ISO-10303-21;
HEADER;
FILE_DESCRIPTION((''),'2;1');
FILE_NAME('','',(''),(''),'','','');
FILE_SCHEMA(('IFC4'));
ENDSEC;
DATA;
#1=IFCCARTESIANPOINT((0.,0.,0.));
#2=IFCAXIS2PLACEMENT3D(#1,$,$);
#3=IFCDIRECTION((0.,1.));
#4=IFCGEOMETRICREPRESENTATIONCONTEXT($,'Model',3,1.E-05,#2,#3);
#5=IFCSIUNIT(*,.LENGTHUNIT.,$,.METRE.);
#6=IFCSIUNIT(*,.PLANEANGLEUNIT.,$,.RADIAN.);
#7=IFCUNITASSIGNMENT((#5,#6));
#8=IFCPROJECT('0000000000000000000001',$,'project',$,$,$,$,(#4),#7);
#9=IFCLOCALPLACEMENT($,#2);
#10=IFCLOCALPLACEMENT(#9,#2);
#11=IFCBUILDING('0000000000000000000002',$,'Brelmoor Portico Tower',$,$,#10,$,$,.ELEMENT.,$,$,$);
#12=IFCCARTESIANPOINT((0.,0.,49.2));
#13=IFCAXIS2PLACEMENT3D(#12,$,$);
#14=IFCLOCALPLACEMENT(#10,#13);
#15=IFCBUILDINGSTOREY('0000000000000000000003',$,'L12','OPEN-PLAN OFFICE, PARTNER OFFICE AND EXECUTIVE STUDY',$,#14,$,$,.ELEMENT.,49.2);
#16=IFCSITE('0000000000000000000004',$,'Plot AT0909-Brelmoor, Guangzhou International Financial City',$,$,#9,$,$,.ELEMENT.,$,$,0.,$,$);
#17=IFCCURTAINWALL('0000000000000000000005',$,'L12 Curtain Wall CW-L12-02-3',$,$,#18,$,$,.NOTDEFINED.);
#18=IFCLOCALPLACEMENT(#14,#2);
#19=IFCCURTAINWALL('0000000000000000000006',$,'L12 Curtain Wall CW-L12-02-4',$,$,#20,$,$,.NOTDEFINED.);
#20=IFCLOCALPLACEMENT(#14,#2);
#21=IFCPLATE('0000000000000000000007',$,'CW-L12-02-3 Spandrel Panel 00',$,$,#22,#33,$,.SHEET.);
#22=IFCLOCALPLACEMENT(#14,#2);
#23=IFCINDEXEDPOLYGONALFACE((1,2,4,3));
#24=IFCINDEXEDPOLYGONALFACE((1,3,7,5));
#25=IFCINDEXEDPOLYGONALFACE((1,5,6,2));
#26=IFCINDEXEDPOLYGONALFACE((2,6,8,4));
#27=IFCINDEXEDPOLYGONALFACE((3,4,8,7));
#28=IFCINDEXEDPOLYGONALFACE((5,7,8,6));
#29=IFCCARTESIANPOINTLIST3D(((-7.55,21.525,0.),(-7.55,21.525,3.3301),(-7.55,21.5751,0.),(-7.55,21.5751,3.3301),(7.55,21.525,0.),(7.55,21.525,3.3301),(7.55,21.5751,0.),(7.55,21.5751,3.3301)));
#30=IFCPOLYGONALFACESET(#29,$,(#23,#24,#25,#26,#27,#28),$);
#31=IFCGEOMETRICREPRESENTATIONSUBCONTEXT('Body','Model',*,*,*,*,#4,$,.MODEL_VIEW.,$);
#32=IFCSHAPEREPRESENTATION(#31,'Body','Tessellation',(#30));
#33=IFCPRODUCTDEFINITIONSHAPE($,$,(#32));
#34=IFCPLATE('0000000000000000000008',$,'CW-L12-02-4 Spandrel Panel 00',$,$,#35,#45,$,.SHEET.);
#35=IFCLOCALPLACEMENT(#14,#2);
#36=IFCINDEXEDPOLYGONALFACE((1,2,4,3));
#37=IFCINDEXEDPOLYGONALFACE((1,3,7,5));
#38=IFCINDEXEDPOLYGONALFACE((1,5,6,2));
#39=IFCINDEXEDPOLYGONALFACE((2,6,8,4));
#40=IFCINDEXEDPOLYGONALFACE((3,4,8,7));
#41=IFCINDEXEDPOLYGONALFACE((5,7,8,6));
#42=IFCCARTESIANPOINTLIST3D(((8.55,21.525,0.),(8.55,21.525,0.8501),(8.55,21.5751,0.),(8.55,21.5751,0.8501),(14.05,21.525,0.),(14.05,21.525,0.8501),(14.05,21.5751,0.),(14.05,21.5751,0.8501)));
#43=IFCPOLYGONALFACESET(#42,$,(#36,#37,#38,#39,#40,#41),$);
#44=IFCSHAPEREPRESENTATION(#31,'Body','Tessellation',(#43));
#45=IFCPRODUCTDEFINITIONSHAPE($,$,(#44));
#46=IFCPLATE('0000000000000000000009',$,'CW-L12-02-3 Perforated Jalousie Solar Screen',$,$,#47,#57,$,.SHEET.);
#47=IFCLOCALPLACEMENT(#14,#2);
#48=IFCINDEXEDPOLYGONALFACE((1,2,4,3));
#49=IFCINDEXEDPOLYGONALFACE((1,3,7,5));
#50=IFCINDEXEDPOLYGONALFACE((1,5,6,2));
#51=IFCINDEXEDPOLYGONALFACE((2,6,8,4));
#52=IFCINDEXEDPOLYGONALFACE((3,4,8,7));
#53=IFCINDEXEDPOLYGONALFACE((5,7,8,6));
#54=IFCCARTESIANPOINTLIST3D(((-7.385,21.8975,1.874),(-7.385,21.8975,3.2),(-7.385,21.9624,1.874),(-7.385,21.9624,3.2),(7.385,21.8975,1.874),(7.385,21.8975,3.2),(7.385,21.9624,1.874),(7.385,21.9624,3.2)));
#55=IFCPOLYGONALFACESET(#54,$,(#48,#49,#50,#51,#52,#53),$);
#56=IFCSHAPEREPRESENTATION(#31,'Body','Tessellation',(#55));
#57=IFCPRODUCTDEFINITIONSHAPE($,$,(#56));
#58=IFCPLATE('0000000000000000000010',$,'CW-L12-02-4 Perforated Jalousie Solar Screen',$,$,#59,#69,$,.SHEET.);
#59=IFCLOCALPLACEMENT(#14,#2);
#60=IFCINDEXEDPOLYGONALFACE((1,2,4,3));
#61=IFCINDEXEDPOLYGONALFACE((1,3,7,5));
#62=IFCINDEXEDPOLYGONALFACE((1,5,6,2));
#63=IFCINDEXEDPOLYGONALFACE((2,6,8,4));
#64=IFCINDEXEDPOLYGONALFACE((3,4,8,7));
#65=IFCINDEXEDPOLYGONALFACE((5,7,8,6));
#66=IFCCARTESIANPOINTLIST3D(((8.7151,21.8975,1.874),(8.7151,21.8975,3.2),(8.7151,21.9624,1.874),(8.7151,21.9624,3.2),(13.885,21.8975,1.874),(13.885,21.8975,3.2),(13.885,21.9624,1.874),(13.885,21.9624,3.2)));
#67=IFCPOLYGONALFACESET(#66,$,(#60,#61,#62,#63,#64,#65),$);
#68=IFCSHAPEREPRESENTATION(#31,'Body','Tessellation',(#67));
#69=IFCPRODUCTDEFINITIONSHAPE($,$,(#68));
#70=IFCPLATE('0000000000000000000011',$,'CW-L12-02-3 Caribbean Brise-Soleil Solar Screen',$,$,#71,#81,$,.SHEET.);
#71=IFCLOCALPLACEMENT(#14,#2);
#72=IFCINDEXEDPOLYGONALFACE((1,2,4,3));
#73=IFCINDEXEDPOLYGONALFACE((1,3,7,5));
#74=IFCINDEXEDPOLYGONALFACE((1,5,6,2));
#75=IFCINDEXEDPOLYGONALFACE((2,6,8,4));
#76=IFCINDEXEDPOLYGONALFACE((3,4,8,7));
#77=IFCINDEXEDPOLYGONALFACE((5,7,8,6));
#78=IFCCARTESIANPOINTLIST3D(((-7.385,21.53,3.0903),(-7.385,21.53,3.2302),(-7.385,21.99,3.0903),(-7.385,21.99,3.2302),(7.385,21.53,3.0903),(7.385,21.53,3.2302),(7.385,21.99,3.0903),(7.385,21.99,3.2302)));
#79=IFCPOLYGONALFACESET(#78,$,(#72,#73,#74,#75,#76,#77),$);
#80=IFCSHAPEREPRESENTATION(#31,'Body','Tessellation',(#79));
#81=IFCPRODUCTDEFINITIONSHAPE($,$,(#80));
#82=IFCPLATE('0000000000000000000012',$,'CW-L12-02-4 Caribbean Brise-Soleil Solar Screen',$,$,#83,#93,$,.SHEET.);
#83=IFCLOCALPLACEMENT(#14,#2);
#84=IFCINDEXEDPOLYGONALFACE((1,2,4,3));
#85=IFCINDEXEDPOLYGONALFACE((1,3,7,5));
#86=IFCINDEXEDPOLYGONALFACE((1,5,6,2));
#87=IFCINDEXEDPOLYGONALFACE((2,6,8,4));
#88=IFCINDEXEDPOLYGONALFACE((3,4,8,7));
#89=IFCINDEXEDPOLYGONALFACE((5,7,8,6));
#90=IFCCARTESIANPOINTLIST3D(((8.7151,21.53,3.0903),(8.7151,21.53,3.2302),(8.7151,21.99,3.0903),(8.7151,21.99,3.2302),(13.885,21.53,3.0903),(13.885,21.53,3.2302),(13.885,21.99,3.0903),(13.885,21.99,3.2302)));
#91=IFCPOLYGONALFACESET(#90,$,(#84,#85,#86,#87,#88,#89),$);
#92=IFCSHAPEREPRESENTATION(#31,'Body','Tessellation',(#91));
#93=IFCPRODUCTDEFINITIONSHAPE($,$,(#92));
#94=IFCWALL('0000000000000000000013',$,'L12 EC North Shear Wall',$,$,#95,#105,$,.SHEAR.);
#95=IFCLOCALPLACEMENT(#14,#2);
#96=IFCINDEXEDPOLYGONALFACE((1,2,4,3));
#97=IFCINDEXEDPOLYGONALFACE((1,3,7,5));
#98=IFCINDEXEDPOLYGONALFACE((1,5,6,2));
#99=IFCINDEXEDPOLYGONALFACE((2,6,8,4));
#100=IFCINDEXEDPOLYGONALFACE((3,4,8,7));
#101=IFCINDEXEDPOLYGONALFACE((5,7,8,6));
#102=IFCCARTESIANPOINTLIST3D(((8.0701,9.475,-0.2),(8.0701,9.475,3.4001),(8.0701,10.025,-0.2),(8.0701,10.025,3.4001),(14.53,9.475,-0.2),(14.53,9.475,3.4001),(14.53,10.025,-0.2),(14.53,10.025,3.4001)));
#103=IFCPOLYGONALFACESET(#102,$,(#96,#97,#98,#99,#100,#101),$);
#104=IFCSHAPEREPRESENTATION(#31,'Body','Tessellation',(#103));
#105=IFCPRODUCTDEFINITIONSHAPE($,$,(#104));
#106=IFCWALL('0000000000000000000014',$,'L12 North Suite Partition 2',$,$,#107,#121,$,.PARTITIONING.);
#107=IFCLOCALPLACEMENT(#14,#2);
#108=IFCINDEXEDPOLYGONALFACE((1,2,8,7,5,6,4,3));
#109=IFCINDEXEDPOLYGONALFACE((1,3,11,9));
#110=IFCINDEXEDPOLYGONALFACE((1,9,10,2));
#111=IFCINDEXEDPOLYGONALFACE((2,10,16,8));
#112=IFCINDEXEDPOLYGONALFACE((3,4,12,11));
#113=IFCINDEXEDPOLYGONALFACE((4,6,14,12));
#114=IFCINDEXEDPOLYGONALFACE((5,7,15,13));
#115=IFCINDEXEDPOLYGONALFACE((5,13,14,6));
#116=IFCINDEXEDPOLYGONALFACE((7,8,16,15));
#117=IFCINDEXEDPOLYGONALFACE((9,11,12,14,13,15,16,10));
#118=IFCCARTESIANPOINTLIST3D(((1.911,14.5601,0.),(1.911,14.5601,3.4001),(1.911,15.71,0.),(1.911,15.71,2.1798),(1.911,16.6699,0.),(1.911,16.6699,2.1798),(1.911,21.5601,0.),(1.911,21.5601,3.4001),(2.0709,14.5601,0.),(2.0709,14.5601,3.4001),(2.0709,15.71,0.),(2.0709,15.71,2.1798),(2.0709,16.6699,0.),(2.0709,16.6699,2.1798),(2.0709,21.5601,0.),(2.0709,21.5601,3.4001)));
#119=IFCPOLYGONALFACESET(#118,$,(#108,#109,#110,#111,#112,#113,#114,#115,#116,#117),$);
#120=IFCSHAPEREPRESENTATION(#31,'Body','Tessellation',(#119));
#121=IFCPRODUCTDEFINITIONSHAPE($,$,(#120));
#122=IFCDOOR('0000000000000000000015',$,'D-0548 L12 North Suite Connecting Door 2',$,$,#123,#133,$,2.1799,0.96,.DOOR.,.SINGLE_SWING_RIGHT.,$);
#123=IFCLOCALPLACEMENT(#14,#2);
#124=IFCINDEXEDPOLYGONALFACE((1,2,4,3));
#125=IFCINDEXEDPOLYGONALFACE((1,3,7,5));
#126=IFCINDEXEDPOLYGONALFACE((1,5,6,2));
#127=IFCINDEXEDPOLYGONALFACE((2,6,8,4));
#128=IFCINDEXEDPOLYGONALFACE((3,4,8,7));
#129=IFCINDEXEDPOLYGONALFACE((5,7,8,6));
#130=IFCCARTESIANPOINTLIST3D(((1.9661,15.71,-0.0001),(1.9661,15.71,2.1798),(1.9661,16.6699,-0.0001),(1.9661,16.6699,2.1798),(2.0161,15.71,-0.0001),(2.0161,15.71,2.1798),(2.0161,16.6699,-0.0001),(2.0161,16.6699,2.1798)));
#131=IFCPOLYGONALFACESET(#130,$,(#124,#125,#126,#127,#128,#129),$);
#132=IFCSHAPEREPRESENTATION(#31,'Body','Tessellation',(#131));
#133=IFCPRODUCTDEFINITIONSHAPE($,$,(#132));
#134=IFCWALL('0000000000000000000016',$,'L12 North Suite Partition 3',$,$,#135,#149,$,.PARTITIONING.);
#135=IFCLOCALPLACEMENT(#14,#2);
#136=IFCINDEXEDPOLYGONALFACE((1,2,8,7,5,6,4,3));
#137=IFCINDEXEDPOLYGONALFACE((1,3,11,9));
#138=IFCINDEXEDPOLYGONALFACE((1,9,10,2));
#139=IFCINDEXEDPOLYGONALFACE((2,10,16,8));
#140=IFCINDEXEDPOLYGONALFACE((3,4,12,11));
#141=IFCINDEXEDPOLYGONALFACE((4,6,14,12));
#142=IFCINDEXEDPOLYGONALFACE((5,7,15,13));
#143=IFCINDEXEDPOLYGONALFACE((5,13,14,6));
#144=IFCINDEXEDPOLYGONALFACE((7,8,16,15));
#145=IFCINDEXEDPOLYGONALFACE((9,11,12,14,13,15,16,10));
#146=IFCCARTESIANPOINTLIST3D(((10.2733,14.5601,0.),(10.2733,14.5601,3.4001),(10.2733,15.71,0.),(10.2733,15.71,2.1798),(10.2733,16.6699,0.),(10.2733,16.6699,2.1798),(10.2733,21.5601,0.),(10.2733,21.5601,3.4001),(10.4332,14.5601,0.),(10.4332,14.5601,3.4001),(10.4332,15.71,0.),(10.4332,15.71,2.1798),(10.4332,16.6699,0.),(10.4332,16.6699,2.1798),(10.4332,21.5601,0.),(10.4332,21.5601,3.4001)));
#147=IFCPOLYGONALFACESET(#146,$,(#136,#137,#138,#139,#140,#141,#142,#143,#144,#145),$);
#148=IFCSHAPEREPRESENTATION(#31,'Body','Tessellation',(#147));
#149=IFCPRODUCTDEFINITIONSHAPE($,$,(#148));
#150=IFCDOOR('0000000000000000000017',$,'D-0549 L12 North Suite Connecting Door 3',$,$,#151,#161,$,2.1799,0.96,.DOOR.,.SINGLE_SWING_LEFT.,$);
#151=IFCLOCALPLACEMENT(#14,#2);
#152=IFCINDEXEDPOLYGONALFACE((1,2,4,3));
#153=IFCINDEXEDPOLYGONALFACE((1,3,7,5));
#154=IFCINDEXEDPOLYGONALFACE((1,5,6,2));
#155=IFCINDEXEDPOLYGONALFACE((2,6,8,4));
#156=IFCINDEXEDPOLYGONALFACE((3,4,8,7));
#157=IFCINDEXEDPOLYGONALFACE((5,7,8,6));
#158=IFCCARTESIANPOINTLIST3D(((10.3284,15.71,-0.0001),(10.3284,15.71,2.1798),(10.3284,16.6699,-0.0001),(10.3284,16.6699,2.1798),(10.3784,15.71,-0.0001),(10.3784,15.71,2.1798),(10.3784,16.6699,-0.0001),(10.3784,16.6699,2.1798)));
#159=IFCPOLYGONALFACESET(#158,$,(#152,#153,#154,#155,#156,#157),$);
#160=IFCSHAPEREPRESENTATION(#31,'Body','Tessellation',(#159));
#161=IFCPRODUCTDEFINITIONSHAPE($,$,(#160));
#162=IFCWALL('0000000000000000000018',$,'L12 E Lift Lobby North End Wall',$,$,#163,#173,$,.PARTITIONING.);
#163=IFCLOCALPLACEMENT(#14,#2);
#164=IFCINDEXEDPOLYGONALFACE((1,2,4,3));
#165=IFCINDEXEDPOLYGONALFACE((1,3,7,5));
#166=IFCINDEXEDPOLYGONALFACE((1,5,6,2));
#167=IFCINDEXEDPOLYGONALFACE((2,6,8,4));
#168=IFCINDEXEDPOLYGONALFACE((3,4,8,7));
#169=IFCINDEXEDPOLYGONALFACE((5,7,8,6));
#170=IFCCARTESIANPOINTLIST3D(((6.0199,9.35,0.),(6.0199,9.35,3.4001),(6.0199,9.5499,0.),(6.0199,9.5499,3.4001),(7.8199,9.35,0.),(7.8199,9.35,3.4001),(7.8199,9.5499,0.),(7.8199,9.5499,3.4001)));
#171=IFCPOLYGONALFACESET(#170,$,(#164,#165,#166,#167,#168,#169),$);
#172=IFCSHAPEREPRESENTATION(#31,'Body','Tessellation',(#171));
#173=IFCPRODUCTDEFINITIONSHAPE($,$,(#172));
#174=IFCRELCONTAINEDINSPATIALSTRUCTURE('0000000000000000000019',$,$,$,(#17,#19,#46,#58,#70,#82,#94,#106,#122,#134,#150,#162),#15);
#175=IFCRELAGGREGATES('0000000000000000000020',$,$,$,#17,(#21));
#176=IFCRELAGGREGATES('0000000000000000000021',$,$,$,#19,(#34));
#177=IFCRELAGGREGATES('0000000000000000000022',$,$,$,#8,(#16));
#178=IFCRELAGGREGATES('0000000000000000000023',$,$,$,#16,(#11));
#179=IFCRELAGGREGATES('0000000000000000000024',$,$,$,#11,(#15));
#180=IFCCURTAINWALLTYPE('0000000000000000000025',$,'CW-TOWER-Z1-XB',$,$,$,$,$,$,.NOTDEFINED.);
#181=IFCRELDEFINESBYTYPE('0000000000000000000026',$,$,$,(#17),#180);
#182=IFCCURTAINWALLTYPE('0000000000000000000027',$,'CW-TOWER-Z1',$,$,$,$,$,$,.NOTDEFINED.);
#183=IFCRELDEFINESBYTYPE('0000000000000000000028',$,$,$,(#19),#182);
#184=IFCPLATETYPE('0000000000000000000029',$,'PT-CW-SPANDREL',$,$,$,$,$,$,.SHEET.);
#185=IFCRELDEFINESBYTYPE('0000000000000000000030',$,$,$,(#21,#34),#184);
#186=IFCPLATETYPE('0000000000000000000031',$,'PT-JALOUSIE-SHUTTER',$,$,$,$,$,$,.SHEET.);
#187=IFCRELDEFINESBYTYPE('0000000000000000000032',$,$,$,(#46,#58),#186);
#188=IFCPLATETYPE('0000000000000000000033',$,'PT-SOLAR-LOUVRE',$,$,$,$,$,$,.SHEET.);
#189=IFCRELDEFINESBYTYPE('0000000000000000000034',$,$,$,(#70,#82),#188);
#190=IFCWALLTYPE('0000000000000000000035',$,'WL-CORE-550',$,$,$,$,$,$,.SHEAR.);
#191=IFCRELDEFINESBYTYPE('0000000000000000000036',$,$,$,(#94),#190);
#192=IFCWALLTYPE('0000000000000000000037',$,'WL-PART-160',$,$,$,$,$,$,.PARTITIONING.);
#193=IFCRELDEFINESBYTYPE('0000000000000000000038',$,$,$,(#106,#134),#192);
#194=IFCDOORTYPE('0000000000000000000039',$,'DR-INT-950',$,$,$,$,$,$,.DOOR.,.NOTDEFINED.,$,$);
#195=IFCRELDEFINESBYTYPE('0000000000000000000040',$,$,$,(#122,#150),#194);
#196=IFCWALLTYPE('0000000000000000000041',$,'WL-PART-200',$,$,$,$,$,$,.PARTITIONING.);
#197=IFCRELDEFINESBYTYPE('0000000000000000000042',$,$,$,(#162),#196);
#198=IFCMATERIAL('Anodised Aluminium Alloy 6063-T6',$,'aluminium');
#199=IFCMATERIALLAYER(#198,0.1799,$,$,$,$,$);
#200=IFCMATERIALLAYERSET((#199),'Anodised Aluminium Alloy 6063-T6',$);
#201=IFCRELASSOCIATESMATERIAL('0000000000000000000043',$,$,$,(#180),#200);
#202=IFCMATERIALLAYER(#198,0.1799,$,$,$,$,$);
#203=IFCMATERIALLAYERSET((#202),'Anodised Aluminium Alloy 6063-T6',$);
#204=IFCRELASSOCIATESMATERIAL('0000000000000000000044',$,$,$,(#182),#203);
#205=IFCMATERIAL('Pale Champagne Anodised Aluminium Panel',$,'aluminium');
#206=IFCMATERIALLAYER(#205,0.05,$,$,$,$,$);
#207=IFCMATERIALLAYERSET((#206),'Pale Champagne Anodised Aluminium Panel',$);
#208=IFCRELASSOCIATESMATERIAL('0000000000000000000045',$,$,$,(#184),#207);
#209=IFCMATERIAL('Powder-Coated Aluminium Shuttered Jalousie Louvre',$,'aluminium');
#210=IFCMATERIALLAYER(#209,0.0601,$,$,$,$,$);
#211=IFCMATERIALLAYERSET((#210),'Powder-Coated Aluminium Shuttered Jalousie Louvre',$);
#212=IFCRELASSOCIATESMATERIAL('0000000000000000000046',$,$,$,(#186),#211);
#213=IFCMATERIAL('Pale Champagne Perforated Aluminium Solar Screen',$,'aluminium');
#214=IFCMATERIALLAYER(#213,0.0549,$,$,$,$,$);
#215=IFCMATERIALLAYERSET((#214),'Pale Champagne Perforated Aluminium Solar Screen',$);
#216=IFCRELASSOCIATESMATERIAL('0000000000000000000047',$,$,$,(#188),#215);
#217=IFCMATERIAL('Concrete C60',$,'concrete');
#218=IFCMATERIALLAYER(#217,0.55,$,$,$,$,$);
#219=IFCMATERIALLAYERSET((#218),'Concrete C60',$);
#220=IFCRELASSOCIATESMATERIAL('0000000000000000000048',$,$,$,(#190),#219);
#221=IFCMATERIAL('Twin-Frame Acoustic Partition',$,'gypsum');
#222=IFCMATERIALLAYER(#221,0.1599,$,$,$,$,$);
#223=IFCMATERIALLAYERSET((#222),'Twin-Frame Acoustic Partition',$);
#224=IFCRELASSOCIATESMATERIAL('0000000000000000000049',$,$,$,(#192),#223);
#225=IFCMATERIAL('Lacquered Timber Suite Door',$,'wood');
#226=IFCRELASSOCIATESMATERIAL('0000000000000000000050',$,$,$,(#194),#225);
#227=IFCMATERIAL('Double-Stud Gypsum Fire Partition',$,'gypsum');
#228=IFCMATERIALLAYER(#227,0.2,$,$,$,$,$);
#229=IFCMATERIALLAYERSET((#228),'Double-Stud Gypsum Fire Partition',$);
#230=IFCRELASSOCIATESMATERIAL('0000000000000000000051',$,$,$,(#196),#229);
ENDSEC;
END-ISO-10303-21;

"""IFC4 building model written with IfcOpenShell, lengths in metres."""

from ifc_helpers import new_model, si_unit, direction, frame, frame_2d, origin, origin_2d, place, context, subcontext, project, spatial, rectangle, extrude, material, layer, layer_set, type_object, element, fill, aggregate, save


model = new_model("IFC4")

# Units and contexts
model_context = context("Model", 3, precision=1e-05, world=origin(), true_north=direction((0.0, 1.0)))
body_context = subcontext(model_context, "Body", "Model", "MODEL_VIEW")
ifc_project = project(units=[si_unit("LENGTHUNIT", "METRE"), si_unit("PLANEANGLEUNIT", "RADIAN")], contexts=[model_context])

# Site, building, storey
site_placement = place(None, origin())
site = spatial("IfcSite", under=ifc_project, at=site_placement, Name="Plot AT0909-Brelmoor, Guangzhou International Financial City", CompositionType="ELEMENT", RefElevation=0.0)
building_placement = place(site_placement, origin())
building = spatial("IfcBuilding", under=site, at=building_placement, Name="Brelmoor Portico Tower", CompositionType="ELEMENT")
storey_placement = place(building_placement, frame((0.0, 0.0, 49.2)))
storey = spatial("IfcBuildingStorey", under=building, at=storey_placement, Name="L12", Description="OPEN-PLAN OFFICE, PARTNER OFFICE AND EXECUTIVE STUDY", CompositionType="ELEMENT", Elevation=49.2)

# Curtain wall
ifc_material_1 = material(Name="Anodised Aluminium Alloy 6063-T6", Category="aluminium")
ifc_layer_1 = layer(ifc_material_1, 0.1799)
ifc_layer_set_1 = layer_set([ifc_layer_1], Name="Anodised Aluminium Alloy 6063-T6")
curtain_wall_type_1 = type_object("IfcCurtainWallType", Name="CW-TOWER-Z1-XB", PredefinedType="NOTDEFINED", material=ifc_layer_set_1)
curtain_wall_1_placement = place(storey_placement, origin())
curtain_wall_1 = element("IfcCurtainWall", 1, at=curtain_wall_1_placement, inside=storey, type_object=curtain_wall_type_1, Name="L12 Curtain Wall CW-L12-02-3", PredefinedType="NOTDEFINED")

# Curtain wall
ifc_layer_2 = layer(ifc_material_1, 0.1799)
ifc_layer_set_2 = layer_set([ifc_layer_2], Name="Anodised Aluminium Alloy 6063-T6")
curtain_wall_type_2 = type_object("IfcCurtainWallType", Name="CW-TOWER-Z1", PredefinedType="NOTDEFINED", material=ifc_layer_set_2)
curtain_wall_2_placement = place(storey_placement, origin())
curtain_wall_2 = element("IfcCurtainWall", 2, at=curtain_wall_2_placement, inside=storey, type_object=curtain_wall_type_2, Name="L12 Curtain Wall CW-L12-02-4", PredefinedType="NOTDEFINED")

# Plates
ifc_material_2 = material(Name="Pale Champagne Anodised Aluminium Panel", Category="aluminium")
ifc_layer_3 = layer(ifc_material_2, 0.05)
ifc_layer_set_3 = layer_set([ifc_layer_3], Name="Pale Champagne Anodised Aluminium Panel")
plate_type_1 = type_object("IfcPlateType", Name="PT-CW-SPANDREL", PredefinedType="SHEET", material=ifc_layer_set_3)
plate_1_placement = place(storey_placement, frame((0.0, 21.55, 0.0), z_axis=(0.0, 0.0, 1.0), x_axis=(1.0, 0.0, 0.0)))
plate_1 = element("IfcPlate", 3, at=plate_1_placement, type_object=plate_type_1, Name="CW-L12-02-3 Spandrel Panel 00", PredefinedType="SHEET", context=body_context, shape_type="SweptSolid", body=[
    extrude(rectangle(XDim=15.1001, YDim=0.05, at=origin_2d()), origin(), (0.0, 0.0, 1.0), 3.3301),
])
aggregate(curtain_wall_1, [plate_1])
plate_2_placement = place(storey_placement, frame((11.3, 21.55, 0.0), z_axis=(0.0, 0.0, 1.0), x_axis=(1.0, 0.0, 0.0)))
plate_2 = element("IfcPlate", 4, at=plate_2_placement, type_object=plate_type_1, Name="CW-L12-02-4 Spandrel Panel 00", PredefinedType="SHEET", context=body_context, shape_type="SweptSolid", body=[
    extrude(rectangle(XDim=5.5, YDim=0.05, at=origin_2d()), origin(), (0.0, 0.0, 1.0), 0.8501),
])
aggregate(curtain_wall_2, [plate_2])

# Plates
ifc_material_3 = material(Name="Powder-Coated Aluminium Shuttered Jalousie Louvre", Category="aluminium")
ifc_layer_4 = layer(ifc_material_3, 0.0601)
ifc_layer_set_4 = layer_set([ifc_layer_4], Name="Powder-Coated Aluminium Shuttered Jalousie Louvre")
plate_type_2 = type_object("IfcPlateType", Name="PT-JALOUSIE-SHUTTER", PredefinedType="SHEET", material=ifc_layer_set_4)
plate_3_placement = place(storey_placement, frame((0.0, 21.9299, 1.874), z_axis=(0.0, 0.0, 1.0), x_axis=(1.0, 0.0, 0.0)))
element("IfcPlate", 5, at=plate_3_placement, inside=storey, type_object=plate_type_2, Name="CW-L12-02-3 Perforated Jalousie Solar Screen", PredefinedType="SHEET", context=body_context, shape_type="SweptSolid", body=[
    extrude(rectangle(XDim=14.77, YDim=0.0649, at=origin_2d()), origin(), (0.0, 0.0, 1.0), 1.3259),
])
plate_4_placement = place(storey_placement, frame((11.3, 21.9299, 1.874), z_axis=(0.0, 0.0, 1.0), x_axis=(1.0, 0.0, 0.0)))
element("IfcPlate", 6, at=plate_4_placement, inside=storey, type_object=plate_type_2, Name="CW-L12-02-4 Perforated Jalousie Solar Screen", PredefinedType="SHEET", context=body_context, shape_type="SweptSolid", body=[
    extrude(rectangle(XDim=5.1699, YDim=0.0649, at=origin_2d()), origin(), (0.0, 0.0, 1.0), 1.3259),
])
ifc_material_4 = material(Name="Pale Champagne Perforated Aluminium Solar Screen", Category="aluminium")
ifc_layer_5 = layer(ifc_material_4, 0.0549)
ifc_layer_set_5 = layer_set([ifc_layer_5], Name="Pale Champagne Perforated Aluminium Solar Screen")
plate_type_3 = type_object("IfcPlateType", Name="PT-SOLAR-LOUVRE", PredefinedType="SHEET", material=ifc_layer_set_5)
plate_5_placement = place(storey_placement, frame((0.0, 21.76, 3.0903), z_axis=(0.0, 0.0, 1.0), x_axis=(1.0, 0.0, 0.0)))
element("IfcPlate", 7, at=plate_5_placement, inside=storey, type_object=plate_type_3, Name="CW-L12-02-3 Caribbean Brise-Soleil Solar Screen", PredefinedType="SHEET", context=body_context, shape_type="SweptSolid", body=[
    extrude(rectangle(XDim=14.77, YDim=0.46, at=origin_2d()), origin(), (0.0, 0.0, 1.0), 0.1399),
])
plate_6_placement = place(storey_placement, frame((11.3, 21.76, 3.0903), z_axis=(0.0, 0.0, 1.0), x_axis=(1.0, 0.0, 0.0)))
element("IfcPlate", 8, at=plate_6_placement, inside=storey, type_object=plate_type_3, Name="CW-L12-02-4 Caribbean Brise-Soleil Solar Screen", PredefinedType="SHEET", context=body_context, shape_type="SweptSolid", body=[
    extrude(rectangle(XDim=5.1699, YDim=0.46, at=origin_2d()), origin(), (0.0, 0.0, 1.0), 0.1399),
])

# Wall
ifc_material_5 = material(Name="Concrete C60", Category="concrete")
ifc_layer_6 = layer(ifc_material_5, 0.55)
ifc_layer_set_6 = layer_set([ifc_layer_6], Name="Concrete C60")
wall_type_1 = type_object("IfcWallType", Name="WL-CORE-550", PredefinedType="SHEAR", material=ifc_layer_set_6)
wall_1_placement = place(storey_placement, frame((8.0701, 9.75, -0.2), z_axis=(0.0, 0.0, 1.0), x_axis=(1.0, 0.0, 0.0)))
element("IfcWall", 9, at=wall_1_placement, inside=storey, type_object=wall_type_1, Name="L12 EC North Shear Wall", PredefinedType="SHEAR", context=body_context, shape_type="SweptSolid", body=[
    extrude(rectangle(XDim=6.46, YDim=0.55, at=frame_2d((3.23, 0.0))), origin(), (0.0, 0.0, 1.0), 3.6001),
])

# Walls, openings, doors
ifc_material_6 = material(Name="Twin-Frame Acoustic Partition", Category="gypsum")
ifc_layer_7 = layer(ifc_material_6, 0.1599)
ifc_layer_set_7 = layer_set([ifc_layer_7], Name="Twin-Frame Acoustic Partition")
wall_type_2 = type_object("IfcWallType", Name="WL-PART-160", PredefinedType="PARTITIONING", material=ifc_layer_set_7)
wall_2_placement = place(storey_placement, frame((1.991, 14.5601, 0.0), z_axis=(0.0, 0.0, 1.0), x_axis=(0.0, 1.0, 0.0)))
wall_2 = element("IfcWall", 10, at=wall_2_placement, inside=storey, type_object=wall_type_2, Name="L12 North Suite Partition 2", PredefinedType="PARTITIONING", context=body_context, shape_type="SweptSolid", body=[
    extrude(rectangle(XDim=7.0, YDim=0.1599, at=frame_2d((3.5, 0.0))), origin(), (0.0, 0.0, 1.0), 3.4001),
])
opening_1_placement = place(wall_2_placement, frame((1.1499, 0.0, 0.0)))
opening_1 = element("IfcOpeningElement", 11, at=opening_1_placement, cuts=wall_2, PredefinedType="OPENING", context=body_context, shape_type="SweptSolid", body=[
    extrude(rectangle(XDim=0.96, YDim=2.1799, at=frame_2d((0.48, 1.0898))), frame((0.0, 0.0898, 0.0), z_axis=(0.0, -1.0, 0.0), x_axis=(1.0, 0.0, 0.0)), (0.0, 0.0, 1.0), 0.1799),
])
ifc_material_7 = material(Name="Lacquered Timber Suite Door", Category="wood")
door_type = type_object("IfcDoorType", Name="DR-INT-950", OperationType="NOTDEFINED", PredefinedType="DOOR", material=ifc_material_7)
door_1_placement = place(opening_1_placement, origin())
door_1 = element("IfcDoor", 12, at=door_1_placement, inside=storey, type_object=door_type, Name="D-0548 L12 North Suite Connecting Door 2", OperationType="SINGLE_SWING_RIGHT", OverallHeight=2.1799, OverallWidth=0.96, PredefinedType="DOOR", context=body_context, shape_type="SweptSolid", body=[
    extrude(rectangle(XDim=0.96, YDim=2.1799, at=frame_2d((0.48, 1.0898))), frame((0.0, 0.0249, 0.0), z_axis=(0.0, -1.0, 0.0), x_axis=(1.0, 0.0, 0.0)), (0.0, 0.0, 1.0), 0.05),
])
fill(opening_1, door_1)
wall_3_placement = place(storey_placement, frame((10.3533, 14.5601, 0.0), z_axis=(0.0, 0.0, 1.0), x_axis=(0.0, 1.0, 0.0)))
wall_3 = element("IfcWall", 13, at=wall_3_placement, inside=storey, type_object=wall_type_2, Name="L12 North Suite Partition 3", PredefinedType="PARTITIONING", context=body_context, shape_type="SweptSolid", body=[
    extrude(rectangle(XDim=7.0, YDim=0.1599, at=frame_2d((3.5, 0.0))), origin(), (0.0, 0.0, 1.0), 3.4001),
])
opening_2_placement = place(wall_3_placement, frame((1.1499, 0.0, 0.0)))
opening_2 = element("IfcOpeningElement", 14, at=opening_2_placement, cuts=wall_3, PredefinedType="OPENING", context=body_context, shape_type="SweptSolid", body=[
    extrude(rectangle(XDim=0.96, YDim=2.1799, at=frame_2d((0.48, 1.0898))), frame((0.0, 0.0898, 0.0), z_axis=(0.0, -1.0, 0.0), x_axis=(1.0, 0.0, 0.0)), (0.0, 0.0, 1.0), 0.1799),
])
door_2_placement = place(opening_2_placement, origin())
door_2 = element("IfcDoor", 15, at=door_2_placement, inside=storey, type_object=door_type, Name="D-0549 L12 North Suite Connecting Door 3", OperationType="SINGLE_SWING_LEFT", OverallHeight=2.1799, OverallWidth=0.96, PredefinedType="DOOR", context=body_context, shape_type="SweptSolid", body=[
    extrude(rectangle(XDim=0.96, YDim=2.1799, at=frame_2d((0.48, 1.0898))), frame((0.0, 0.0249, 0.0), z_axis=(0.0, -1.0, 0.0), x_axis=(1.0, 0.0, 0.0)), (0.0, 0.0, 1.0), 0.05),
])
fill(opening_2, door_2)

# Wall
ifc_material_8 = material(Name="Double-Stud Gypsum Fire Partition", Category="gypsum")
ifc_layer_8 = layer(ifc_material_8, 0.2)
ifc_layer_set_8 = layer_set([ifc_layer_8], Name="Double-Stud Gypsum Fire Partition")
wall_type_3 = type_object("IfcWallType", Name="WL-PART-200", PredefinedType="PARTITIONING", material=ifc_layer_set_8)
wall_4_placement = place(storey_placement, frame((6.02, 9.45, 0.0), z_axis=(0.0, 0.0, 1.0), x_axis=(1.0, 0.0, 0.0)))
element("IfcWall", 16, at=wall_4_placement, inside=storey, type_object=wall_type_3, Name="L12 E Lift Lobby North End Wall", PredefinedType="PARTITIONING", context=body_context, shape_type="SweptSolid", body=[
    extrude(rectangle(XDim=1.8, YDim=0.2, at=frame_2d((0.8999, 0.0))), origin(), (0.0, 0.0, 1.0), 3.4001),
])

save(model, "model.ifc")
